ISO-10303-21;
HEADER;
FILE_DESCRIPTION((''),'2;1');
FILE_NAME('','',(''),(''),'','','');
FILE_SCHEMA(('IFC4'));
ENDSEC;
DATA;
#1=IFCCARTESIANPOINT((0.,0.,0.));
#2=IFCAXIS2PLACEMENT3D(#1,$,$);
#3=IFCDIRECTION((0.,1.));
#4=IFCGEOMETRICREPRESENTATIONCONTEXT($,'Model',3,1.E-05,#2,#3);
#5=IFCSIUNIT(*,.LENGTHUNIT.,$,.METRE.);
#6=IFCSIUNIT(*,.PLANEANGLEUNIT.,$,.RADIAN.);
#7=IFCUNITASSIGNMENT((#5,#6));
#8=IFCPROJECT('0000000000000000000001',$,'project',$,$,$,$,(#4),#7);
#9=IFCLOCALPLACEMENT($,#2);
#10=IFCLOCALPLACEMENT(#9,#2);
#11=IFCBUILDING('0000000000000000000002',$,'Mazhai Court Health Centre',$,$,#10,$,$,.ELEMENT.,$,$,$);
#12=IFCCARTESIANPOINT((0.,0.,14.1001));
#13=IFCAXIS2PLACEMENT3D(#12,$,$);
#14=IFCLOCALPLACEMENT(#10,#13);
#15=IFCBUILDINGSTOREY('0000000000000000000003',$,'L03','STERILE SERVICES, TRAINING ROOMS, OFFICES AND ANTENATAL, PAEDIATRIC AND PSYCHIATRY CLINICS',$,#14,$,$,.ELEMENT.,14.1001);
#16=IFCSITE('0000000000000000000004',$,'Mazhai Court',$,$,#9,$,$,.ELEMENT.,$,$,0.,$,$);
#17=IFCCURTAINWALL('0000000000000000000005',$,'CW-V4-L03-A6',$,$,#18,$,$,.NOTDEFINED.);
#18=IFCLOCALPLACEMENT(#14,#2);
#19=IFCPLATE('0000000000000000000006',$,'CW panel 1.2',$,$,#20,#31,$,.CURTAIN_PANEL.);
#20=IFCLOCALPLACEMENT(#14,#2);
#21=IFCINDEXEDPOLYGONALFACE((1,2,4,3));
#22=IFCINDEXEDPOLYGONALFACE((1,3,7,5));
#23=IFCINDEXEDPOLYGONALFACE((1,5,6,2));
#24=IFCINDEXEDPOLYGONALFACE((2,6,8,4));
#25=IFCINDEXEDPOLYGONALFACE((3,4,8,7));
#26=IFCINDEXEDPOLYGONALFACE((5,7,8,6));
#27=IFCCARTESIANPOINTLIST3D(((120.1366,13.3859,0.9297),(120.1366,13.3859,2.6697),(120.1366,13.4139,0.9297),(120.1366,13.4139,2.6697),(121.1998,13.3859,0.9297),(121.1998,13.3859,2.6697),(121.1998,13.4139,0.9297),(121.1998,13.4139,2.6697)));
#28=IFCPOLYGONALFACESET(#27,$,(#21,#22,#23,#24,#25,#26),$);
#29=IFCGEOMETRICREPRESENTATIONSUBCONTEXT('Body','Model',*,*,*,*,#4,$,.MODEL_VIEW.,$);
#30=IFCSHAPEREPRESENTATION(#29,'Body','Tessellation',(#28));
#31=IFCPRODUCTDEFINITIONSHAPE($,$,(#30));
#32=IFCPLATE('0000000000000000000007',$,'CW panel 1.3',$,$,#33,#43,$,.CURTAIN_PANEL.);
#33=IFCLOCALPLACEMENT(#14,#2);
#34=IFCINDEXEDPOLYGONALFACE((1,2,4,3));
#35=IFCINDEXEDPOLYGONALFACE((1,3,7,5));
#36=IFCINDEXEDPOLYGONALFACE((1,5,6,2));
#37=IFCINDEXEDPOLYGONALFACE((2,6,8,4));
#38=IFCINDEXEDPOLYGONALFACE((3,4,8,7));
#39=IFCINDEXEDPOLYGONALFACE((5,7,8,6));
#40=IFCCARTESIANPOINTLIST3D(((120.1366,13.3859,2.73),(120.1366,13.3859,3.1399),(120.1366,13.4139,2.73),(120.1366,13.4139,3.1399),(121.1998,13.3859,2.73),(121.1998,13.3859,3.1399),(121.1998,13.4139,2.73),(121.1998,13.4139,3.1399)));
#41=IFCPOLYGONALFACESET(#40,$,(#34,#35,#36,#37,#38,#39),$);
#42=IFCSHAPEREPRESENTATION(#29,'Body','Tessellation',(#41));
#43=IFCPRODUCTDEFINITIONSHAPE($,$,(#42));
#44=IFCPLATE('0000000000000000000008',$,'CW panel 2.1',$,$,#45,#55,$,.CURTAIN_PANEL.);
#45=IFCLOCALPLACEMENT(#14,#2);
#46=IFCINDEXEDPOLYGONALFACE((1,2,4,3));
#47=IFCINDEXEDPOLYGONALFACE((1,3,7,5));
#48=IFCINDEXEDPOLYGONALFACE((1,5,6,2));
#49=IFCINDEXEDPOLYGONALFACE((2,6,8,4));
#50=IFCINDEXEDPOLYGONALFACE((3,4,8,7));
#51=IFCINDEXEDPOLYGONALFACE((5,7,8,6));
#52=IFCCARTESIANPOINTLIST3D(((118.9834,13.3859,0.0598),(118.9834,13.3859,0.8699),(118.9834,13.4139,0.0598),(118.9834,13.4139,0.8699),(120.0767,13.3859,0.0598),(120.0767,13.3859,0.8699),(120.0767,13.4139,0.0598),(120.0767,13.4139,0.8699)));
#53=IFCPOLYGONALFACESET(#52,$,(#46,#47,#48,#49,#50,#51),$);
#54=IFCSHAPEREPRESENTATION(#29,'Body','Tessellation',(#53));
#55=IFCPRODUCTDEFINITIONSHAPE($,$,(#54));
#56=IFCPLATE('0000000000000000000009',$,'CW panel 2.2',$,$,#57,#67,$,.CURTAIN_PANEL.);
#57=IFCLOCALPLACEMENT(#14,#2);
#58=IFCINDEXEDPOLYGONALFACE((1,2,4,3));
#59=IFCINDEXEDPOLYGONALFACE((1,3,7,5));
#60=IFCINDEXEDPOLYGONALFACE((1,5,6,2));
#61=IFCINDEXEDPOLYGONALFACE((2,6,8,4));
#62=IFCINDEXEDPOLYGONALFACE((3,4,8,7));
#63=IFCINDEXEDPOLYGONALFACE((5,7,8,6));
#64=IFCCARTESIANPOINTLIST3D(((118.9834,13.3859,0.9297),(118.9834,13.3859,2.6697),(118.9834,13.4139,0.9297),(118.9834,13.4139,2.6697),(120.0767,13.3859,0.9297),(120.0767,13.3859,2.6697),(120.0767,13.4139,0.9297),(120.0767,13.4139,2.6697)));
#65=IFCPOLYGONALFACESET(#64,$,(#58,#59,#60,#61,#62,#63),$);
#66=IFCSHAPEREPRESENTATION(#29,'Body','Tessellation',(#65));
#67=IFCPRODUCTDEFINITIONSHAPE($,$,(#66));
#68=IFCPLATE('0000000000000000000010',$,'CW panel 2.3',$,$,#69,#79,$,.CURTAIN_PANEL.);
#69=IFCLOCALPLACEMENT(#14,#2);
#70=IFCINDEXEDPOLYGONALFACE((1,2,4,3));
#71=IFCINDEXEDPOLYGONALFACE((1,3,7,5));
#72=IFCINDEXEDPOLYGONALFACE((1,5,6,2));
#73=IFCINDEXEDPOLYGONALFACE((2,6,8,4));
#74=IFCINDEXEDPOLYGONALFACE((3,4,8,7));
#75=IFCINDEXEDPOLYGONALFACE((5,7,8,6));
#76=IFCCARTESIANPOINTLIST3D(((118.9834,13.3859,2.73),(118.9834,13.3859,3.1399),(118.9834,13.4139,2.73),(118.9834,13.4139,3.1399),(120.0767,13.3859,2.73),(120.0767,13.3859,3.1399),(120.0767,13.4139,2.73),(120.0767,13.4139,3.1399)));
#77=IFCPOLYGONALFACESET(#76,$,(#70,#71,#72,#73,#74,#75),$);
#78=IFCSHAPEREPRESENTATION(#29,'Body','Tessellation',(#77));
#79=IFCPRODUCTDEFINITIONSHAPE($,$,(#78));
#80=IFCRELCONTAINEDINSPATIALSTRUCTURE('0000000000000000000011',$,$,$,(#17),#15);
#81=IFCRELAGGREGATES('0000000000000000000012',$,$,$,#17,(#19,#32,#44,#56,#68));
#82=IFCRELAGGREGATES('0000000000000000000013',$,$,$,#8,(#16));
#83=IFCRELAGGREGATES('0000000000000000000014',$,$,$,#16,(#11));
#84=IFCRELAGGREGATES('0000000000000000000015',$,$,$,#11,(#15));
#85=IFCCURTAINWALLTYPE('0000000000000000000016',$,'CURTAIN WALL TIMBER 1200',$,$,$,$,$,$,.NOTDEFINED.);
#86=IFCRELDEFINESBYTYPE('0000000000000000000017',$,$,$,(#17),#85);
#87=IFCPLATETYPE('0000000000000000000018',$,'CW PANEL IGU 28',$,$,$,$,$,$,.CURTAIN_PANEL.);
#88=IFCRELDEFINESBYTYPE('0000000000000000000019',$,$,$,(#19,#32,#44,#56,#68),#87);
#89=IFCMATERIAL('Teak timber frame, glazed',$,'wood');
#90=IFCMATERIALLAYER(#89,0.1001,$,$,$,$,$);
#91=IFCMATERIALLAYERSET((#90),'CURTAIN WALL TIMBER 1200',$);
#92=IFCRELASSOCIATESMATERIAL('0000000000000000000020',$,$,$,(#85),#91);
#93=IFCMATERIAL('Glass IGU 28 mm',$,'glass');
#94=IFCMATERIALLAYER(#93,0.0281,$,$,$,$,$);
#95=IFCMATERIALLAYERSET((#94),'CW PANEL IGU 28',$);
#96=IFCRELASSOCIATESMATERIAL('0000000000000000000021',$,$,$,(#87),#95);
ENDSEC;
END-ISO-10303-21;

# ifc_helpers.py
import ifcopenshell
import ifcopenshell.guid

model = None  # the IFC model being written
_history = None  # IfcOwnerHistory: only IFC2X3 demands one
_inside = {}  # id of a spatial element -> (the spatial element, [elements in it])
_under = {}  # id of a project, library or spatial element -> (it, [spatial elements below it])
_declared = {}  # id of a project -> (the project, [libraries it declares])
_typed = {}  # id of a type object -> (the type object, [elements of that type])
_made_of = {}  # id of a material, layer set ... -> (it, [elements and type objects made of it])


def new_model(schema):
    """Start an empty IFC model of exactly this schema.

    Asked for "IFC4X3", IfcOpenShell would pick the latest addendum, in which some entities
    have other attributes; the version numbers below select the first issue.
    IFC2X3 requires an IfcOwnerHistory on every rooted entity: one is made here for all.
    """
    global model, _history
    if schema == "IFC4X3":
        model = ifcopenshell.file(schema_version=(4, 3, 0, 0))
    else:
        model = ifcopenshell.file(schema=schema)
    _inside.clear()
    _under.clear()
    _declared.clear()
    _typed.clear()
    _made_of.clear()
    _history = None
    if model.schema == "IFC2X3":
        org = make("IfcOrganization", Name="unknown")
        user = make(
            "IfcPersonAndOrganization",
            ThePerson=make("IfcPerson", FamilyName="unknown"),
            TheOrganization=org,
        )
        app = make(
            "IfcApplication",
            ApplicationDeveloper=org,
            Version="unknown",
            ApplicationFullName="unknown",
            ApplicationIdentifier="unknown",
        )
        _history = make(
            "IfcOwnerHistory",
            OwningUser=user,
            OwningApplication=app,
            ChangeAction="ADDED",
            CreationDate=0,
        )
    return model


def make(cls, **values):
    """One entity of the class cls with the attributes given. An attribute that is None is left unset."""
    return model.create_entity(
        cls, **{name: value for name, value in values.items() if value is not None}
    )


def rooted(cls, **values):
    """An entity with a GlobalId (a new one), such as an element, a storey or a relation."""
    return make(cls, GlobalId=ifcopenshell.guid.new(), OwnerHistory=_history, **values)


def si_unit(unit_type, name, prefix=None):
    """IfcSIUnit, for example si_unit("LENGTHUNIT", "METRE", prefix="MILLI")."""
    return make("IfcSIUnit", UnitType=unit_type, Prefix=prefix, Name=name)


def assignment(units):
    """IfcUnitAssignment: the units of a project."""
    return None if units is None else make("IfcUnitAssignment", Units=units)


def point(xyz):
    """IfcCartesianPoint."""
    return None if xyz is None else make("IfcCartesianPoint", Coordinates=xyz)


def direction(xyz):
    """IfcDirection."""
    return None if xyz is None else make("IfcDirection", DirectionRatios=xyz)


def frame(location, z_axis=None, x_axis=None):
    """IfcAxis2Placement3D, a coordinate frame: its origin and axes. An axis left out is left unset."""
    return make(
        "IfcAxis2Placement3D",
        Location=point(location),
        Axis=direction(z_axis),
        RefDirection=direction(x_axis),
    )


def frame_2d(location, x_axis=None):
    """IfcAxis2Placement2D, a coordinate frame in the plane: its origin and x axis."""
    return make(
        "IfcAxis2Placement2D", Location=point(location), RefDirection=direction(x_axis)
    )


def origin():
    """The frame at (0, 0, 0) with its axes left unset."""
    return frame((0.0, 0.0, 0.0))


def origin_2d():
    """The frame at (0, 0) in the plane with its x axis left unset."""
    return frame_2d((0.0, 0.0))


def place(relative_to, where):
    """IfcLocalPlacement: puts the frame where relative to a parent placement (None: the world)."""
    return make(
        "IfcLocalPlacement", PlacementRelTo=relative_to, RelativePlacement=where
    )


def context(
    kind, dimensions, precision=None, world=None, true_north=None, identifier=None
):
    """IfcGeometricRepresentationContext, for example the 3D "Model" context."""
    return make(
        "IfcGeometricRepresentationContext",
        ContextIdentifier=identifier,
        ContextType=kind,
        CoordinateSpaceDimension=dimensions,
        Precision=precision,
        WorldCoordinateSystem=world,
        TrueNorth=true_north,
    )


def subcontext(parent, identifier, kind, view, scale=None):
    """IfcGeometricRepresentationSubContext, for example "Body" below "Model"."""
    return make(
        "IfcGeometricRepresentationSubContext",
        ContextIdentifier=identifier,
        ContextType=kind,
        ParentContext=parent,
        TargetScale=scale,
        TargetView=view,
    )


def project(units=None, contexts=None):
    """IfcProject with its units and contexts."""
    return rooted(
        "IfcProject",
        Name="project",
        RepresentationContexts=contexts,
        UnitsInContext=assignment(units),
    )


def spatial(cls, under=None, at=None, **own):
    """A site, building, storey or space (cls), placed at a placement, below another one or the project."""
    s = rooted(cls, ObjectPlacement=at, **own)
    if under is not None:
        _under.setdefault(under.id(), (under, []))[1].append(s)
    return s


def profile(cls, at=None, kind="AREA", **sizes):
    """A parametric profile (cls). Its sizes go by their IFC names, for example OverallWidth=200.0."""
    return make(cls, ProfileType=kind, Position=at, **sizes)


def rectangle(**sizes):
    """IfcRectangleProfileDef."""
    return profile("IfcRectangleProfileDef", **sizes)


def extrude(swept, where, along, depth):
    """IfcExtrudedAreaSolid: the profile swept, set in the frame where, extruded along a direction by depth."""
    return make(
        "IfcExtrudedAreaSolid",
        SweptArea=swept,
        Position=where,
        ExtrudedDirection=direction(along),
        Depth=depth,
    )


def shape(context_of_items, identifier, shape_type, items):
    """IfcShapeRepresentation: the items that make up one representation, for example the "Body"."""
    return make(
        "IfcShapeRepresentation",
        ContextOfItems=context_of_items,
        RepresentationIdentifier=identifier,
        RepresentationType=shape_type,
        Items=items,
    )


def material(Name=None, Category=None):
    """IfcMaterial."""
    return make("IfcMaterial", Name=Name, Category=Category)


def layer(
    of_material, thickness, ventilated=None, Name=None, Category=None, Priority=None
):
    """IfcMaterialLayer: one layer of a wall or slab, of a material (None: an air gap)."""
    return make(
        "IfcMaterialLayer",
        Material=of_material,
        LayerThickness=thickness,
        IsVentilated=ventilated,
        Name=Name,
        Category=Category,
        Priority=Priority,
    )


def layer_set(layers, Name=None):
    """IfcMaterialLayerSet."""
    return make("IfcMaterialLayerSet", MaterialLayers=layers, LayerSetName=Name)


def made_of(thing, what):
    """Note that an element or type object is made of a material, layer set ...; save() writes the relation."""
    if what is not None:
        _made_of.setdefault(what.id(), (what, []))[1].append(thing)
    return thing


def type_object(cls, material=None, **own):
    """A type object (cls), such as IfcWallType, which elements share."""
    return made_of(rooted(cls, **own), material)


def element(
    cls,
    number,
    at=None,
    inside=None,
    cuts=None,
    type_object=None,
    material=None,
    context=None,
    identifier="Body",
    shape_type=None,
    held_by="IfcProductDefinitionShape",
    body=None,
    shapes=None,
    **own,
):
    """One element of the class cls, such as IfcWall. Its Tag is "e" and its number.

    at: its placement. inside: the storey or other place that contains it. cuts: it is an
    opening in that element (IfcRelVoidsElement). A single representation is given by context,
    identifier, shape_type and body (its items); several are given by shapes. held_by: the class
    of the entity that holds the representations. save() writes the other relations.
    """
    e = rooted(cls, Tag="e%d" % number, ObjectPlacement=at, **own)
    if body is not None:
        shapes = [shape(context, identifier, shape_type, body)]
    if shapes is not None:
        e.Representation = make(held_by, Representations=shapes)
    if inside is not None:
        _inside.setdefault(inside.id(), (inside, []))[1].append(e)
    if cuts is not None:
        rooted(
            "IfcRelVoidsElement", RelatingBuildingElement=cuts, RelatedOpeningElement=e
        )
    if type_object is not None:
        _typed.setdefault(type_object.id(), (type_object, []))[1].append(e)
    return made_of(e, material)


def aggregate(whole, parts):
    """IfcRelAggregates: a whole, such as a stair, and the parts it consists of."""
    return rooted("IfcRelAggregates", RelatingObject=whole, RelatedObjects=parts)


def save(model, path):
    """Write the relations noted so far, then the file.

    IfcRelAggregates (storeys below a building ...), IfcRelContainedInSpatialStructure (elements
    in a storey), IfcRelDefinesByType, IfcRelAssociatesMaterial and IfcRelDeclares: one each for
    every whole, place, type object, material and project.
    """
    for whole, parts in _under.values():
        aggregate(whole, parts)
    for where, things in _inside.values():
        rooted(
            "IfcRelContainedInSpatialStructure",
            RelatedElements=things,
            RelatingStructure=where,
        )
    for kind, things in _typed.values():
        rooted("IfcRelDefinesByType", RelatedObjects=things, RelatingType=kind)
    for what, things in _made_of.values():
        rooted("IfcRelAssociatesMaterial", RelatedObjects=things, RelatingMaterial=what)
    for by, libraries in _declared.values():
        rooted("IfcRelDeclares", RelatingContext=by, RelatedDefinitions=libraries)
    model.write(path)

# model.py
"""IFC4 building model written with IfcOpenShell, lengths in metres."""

from ifc_helpers import new_model, si_unit, direction, frame, origin, origin_2d, place, context, subcontext, project, spatial, rectangle, extrude, material, layer, layer_set, type_object, element, aggregate, save


model = new_model("IFC4")

# Units and contexts
model_context = context("Model", 3, precision=1e-05, world=origin(), true_north=direction((0.0, 1.0)))
body_context = subcontext(model_context, "Body", "Model", "MODEL_VIEW")
ifc_project = project(units=[si_unit("LENGTHUNIT", "METRE"), si_unit("PLANEANGLEUNIT", "RADIAN")], contexts=[model_context])

# Site, building, storey
site_placement = place(None, origin())
site = spatial("IfcSite", under=ifc_project, at=site_placement, Name="Mazhai Court", CompositionType="ELEMENT", RefElevation=0.0)
building_placement = place(site_placement, origin())
building = spatial("IfcBuilding", under=site, at=building_placement, Name="Mazhai Court Health Centre", CompositionType="ELEMENT")
storey_placement = place(building_placement, frame((0.0, 0.0, 14.1001)))
storey = spatial("IfcBuildingStorey", under=building, at=storey_placement, Name="L03", Description="STERILE SERVICES, TRAINING ROOMS, OFFICES AND ANTENATAL, PAEDIATRIC AND PSYCHIATRY CLINICS", CompositionType="ELEMENT", Elevation=14.1001)

# Curtain wall, plates
ifc_material_1 = material(Name="Teak timber frame, glazed", Category="wood")
ifc_layer_1 = layer(ifc_material_1, 0.1001)
ifc_layer_set_1 = layer_set([ifc_layer_1], Name="CURTAIN WALL TIMBER 1200")
curtain_wall_type = type_object("IfcCurtainWallType", Name="CURTAIN WALL TIMBER 1200", PredefinedType="NOTDEFINED", material=ifc_layer_set_1)
curtain_wall_placement = place(storey_placement, origin())
curtain_wall = element("IfcCurtainWall", 1, at=curtain_wall_placement, inside=storey, type_object=curtain_wall_type, Name="CW-V4-L03-A6", PredefinedType="NOTDEFINED")
ifc_material_2 = material(Name="Glass IGU 28 mm", Category="glass")
ifc_layer_2 = layer(ifc_material_2, 0.0281)
ifc_layer_set_2 = layer_set([ifc_layer_2], Name="CW PANEL IGU 28")
plate_type = type_object("IfcPlateType", Name="CW PANEL IGU 28", PredefinedType="CURTAIN_PANEL", material=ifc_layer_set_2)
plate_1_placement = place(storey_placement, frame((120.6682, 13.3999, 0.9297), z_axis=(0.0, 0.0, 1.0), x_axis=(-1.0, 0.0, 0.0)))
plate_1 = element("IfcPlate", 2, at=plate_1_placement, type_object=plate_type, Name="CW panel 1.2", PredefinedType="CURTAIN_PANEL", context=body_context, shape_type="SweptSolid", body=[
    extrude(rectangle(XDim=1.0632, YDim=0.0281, at=origin_2d()), origin(), (0.0, 0.0, 1.0), 1.74),
])
plate_2_placement = place(storey_placement, frame((120.6682, 13.3999, 2.73), z_axis=(0.0, 0.0, 1.0), x_axis=(-1.0, 0.0, 0.0)))
plate_2 = element("IfcPlate", 3, at=plate_2_placement, type_object=plate_type, Name="CW panel 1.3", PredefinedType="CURTAIN_PANEL", context=body_context, shape_type="SweptSolid", body=[
    extrude(rectangle(XDim=1.0632, YDim=0.0281, at=origin_2d()), origin(), (0.0, 0.0, 1.0), 0.4099),
])
plate_3_placement = place(storey_placement, frame((119.53, 13.3999, 0.0598), z_axis=(0.0, 0.0, 1.0), x_axis=(-1.0, 0.0, 0.0)))
plate_3 = element("IfcPlate", 4, at=plate_3_placement, type_object=plate_type, Name="CW panel 2.1", PredefinedType="CURTAIN_PANEL", context=body_context, shape_type="SweptSolid", body=[
    extrude(rectangle(XDim=1.0933, YDim=0.0281, at=origin_2d()), origin(), (0.0, 0.0, 1.0), 0.8101),
])
plate_4_placement = place(storey_placement, frame((119.53, 13.3999, 0.9297), z_axis=(0.0, 0.0, 1.0), x_axis=(-1.0, 0.0, 0.0)))
plate_4 = element("IfcPlate", 5, at=plate_4_placement, type_object=plate_type, Name="CW panel 2.2", PredefinedType="CURTAIN_PANEL", context=body_context, shape_type="SweptSolid", body=[
    extrude(rectangle(XDim=1.0933, YDim=0.0281, at=origin_2d()), origin(), (0.0, 0.0, 1.0), 1.74),
])
plate_5_placement = place(storey_placement, frame((119.53, 13.3999, 2.73), z_axis=(0.0, 0.0, 1.0), x_axis=(-1.0, 0.0, 0.0)))
plate_5 = element("IfcPlate", 6, at=plate_5_placement, type_object=plate_type, Name="CW panel 2.3", PredefinedType="CURTAIN_PANEL", context=body_context, shape_type="SweptSolid", body=[
    extrude(rectangle(XDim=1.0933, YDim=0.0281, at=origin_2d()), origin(), (0.0, 0.0, 1.0), 0.4099),
])
aggregate(curtain_wall, [plate_1, plate_2, plate_3, plate_4, plate_5])

save(model, "model.ifc")
